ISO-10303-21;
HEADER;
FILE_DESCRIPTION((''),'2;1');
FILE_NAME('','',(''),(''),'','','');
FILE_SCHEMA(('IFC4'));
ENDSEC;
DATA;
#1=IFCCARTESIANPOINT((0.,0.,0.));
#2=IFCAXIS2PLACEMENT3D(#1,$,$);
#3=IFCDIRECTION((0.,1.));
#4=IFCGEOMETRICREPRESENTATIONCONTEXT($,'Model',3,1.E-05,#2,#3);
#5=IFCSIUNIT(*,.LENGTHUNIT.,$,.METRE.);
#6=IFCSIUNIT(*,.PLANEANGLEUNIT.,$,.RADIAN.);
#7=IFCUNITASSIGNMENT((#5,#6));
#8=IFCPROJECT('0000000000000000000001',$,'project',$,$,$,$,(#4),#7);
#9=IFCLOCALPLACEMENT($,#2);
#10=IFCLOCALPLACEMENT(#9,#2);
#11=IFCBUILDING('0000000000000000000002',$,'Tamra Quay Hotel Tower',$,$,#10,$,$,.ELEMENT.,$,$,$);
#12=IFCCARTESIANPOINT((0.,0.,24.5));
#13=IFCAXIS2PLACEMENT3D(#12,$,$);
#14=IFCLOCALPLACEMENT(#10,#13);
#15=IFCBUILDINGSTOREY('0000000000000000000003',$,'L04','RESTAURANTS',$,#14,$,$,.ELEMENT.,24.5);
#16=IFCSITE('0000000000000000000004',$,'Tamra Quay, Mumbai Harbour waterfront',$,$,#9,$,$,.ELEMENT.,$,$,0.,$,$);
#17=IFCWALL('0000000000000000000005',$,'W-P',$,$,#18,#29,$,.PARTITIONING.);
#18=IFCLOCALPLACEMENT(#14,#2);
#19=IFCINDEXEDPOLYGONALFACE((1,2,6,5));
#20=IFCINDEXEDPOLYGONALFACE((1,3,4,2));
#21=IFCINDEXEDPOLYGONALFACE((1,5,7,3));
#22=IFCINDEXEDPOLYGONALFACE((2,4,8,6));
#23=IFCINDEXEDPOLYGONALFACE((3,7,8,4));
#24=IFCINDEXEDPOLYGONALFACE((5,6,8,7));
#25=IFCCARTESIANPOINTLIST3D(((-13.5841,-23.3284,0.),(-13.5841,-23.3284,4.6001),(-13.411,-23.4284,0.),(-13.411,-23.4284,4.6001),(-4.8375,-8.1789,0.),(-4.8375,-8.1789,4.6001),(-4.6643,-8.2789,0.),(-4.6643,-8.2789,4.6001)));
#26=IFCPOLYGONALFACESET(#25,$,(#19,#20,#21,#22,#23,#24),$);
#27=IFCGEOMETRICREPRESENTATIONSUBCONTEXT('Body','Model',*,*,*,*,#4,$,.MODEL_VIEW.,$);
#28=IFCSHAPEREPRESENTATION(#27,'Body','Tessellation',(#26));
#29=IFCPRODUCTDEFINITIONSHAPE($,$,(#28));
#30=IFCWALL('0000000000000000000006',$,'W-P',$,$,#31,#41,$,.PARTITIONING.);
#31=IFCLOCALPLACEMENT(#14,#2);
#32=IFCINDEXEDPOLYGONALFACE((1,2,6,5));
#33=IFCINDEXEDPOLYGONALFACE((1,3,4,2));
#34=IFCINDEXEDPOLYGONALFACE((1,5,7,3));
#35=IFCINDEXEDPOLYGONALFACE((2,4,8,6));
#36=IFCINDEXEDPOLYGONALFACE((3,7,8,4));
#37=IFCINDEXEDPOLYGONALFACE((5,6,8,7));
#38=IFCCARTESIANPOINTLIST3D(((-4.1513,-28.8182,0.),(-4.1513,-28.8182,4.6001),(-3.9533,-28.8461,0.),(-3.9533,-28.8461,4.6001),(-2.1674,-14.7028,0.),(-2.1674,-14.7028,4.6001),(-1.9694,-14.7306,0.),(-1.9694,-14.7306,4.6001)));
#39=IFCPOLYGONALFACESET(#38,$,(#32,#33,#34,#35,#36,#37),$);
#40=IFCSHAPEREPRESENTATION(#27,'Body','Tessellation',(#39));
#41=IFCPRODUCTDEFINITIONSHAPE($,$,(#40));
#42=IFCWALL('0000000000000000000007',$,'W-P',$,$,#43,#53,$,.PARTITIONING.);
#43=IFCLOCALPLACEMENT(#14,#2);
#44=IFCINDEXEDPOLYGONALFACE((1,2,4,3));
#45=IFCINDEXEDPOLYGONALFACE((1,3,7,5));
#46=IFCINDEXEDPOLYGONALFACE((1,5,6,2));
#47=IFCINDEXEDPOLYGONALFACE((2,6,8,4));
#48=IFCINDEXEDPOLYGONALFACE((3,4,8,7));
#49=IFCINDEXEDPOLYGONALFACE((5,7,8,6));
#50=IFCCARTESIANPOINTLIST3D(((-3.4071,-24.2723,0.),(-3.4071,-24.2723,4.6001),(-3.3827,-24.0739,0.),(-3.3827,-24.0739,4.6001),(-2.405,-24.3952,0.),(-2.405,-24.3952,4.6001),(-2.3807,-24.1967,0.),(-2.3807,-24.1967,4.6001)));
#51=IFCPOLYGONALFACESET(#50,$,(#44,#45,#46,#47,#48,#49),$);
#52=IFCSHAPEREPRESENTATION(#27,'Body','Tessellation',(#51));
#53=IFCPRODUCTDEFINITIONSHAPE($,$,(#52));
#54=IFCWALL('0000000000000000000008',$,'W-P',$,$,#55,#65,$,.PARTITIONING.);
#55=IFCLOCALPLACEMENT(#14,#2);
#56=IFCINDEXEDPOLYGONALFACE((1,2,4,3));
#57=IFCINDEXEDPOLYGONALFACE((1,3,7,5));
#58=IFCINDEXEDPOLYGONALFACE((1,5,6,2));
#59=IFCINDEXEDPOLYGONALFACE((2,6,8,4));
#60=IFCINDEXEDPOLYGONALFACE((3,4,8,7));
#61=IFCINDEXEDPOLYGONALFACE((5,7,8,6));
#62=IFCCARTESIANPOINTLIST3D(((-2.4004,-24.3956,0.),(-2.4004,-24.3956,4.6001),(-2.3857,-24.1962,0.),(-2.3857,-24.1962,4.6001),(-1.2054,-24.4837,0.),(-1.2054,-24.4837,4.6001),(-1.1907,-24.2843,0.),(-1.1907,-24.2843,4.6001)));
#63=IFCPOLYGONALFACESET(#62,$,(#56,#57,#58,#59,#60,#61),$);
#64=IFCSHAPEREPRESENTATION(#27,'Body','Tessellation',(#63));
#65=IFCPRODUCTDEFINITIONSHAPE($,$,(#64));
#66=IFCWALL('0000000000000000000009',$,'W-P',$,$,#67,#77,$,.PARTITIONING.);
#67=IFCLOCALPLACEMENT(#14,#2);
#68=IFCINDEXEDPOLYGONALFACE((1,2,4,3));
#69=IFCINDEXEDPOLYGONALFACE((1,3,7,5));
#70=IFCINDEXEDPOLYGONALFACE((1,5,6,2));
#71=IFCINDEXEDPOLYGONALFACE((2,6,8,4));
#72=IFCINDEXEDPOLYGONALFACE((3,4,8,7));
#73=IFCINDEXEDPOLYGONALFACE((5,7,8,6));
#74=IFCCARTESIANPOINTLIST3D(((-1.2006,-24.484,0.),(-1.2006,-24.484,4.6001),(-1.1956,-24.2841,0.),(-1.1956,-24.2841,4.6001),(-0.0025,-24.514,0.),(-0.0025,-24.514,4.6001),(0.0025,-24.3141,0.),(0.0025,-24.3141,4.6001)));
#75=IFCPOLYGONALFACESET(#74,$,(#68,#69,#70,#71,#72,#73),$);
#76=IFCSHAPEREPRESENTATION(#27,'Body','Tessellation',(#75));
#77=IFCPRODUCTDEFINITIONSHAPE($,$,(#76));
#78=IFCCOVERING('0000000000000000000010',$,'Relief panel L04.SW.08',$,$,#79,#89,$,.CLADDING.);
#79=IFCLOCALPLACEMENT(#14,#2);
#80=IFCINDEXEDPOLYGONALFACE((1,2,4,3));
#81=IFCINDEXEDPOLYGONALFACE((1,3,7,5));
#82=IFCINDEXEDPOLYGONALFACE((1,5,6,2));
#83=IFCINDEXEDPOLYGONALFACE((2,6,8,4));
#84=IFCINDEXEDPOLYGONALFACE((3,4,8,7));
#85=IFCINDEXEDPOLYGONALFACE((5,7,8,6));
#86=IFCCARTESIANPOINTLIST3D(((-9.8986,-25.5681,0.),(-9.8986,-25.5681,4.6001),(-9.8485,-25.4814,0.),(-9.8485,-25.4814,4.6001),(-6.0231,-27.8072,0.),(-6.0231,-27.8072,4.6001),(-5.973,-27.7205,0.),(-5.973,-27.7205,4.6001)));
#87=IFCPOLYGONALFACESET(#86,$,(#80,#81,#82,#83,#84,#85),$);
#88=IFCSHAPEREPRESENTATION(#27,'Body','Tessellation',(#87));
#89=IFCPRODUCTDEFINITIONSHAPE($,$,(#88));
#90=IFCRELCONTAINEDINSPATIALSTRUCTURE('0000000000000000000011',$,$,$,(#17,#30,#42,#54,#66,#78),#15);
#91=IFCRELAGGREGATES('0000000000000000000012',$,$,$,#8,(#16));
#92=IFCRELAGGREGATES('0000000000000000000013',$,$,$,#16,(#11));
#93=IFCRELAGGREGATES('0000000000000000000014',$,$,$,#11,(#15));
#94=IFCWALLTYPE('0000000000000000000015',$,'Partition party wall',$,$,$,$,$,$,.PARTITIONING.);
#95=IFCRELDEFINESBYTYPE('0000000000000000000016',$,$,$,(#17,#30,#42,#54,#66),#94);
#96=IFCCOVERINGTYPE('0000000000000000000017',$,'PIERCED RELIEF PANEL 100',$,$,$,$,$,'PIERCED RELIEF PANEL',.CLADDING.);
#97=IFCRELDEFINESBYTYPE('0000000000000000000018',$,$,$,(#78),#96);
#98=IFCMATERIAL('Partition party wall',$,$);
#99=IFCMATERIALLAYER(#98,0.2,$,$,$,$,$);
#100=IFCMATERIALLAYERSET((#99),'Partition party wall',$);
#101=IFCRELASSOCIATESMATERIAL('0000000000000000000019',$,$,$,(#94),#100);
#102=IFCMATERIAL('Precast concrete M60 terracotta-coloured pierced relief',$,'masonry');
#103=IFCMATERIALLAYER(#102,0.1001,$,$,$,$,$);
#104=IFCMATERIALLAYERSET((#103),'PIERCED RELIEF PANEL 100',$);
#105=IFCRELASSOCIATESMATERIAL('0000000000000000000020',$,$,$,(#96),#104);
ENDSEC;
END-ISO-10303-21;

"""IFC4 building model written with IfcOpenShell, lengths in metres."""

from ifc_helpers import new_model, si_unit, direction, frame, frame_2d, origin, origin_2d, place, context, subcontext, project, spatial, rectangle, extrude, material, layer, layer_set, type_object, element, save


model = new_model("IFC4")

# Units and contexts
model_context = context("Model", 3, precision=1e-05, world=origin(), true_north=direction((0.0, 1.0)))
body_context = subcontext(model_context, "Body", "Model", "MODEL_VIEW")
ifc_project = project(units=[si_unit("LENGTHUNIT", "METRE"), si_unit("PLANEANGLEUNIT", "RADIAN")], contexts=[model_context])

# Site, building, storey
site_placement = place(None, origin())
site = spatial("IfcSite", under=ifc_project, at=site_placement, Name="Tamra Quay, Mumbai Harbour waterfront", CompositionType="ELEMENT", RefElevation=0.0)
building_placement = place(site_placement, origin())
building = spatial("IfcBuilding", under=site, at=building_placement, Name="Tamra Quay Hotel Tower", CompositionType="ELEMENT")
storey_placement = place(building_placement, frame((0.0, 0.0, 24.5)))
storey = spatial("IfcBuildingStorey", under=building, at=storey_placement, Name="L04", Description="RESTAURANTS", CompositionType="ELEMENT", Elevation=24.5)

# Walls
ifc_material_1 = material(Name="Partition party wall")
ifc_layer_1 = layer(ifc_material_1, 0.2)
ifc_layer_set_1 = layer_set([ifc_layer_1], Name="Partition party wall")
wall_type_1 = type_object("IfcWallType", Name="Partition party wall", PredefinedType="PARTITIONING", material=ifc_layer_set_1)
wall_1_placement = place(storey_placement, frame((-13.4976, -23.3784, 0.0), z_axis=(0.0, 0.0, 1.0), x_axis=(0.500003, 0.866024, 0.0)))
element("IfcWall", 1, at=wall_1_placement, inside=storey, type_object=wall_type_1, Name="W-P", PredefinedType="PARTITIONING", context=body_context, shape_type="SweptSolid", body=[
    extrude(rectangle(XDim=17.4932, YDim=0.2, at=frame_2d((8.7466, 0.0))), origin(), (0.0, 0.0, 1.0), 4.6001),
])
wall_2_placement = place(storey_placement, frame((-4.0522, -28.832, 0.0), z_axis=(0.0, 0.0, 1.0), x_axis=(0.139179, 0.990267, 0.0)))
element("IfcWall", 2, at=wall_2_placement, inside=storey, type_object=wall_type_1, Name="W-P", PredefinedType="PARTITIONING", context=body_context, shape_type="SweptSolid", body=[
    extrude(rectangle(XDim=14.2542, YDim=0.2, at=frame_2d((7.127, 0.0))), origin(), (0.0, 0.0, 1.0), 4.6001),
])
wall_3_placement = place(storey_placement, frame((-3.395, -24.1731, 0.0), z_axis=(0.0, 0.0, 1.0), x_axis=(0.992573, -0.121653, 0.0)))
element("IfcWall", 3, at=wall_3_placement, inside=storey, type_object=wall_type_1, Name="W-P", PredefinedType="PARTITIONING", context=body_context, shape_type="SweptSolid", body=[
    extrude(rectangle(XDim=1.0095, YDim=0.2, at=frame_2d((0.5049, 0.0))), origin(), (0.0, 0.0, 1.0), 4.6001),
])
wall_4_placement = place(storey_placement, frame((-2.3931, -24.2959, 0.0), z_axis=(0.0, 0.0, 1.0), x_axis=(0.997292, -0.073549, 0.0)))
element("IfcWall", 4, at=wall_4_placement, inside=storey, type_object=wall_type_1, Name="W-P", PredefinedType="PARTITIONING", context=body_context, shape_type="SweptSolid", body=[
    extrude(rectangle(XDim=1.1982, YDim=0.2, at=frame_2d((0.5991, 0.0))), origin(), (0.0, 0.0, 1.0), 4.6001),
])
wall_5_placement = place(storey_placement, frame((-1.198, -24.384, 0.0), z_axis=(0.0, 0.0, 1.0), x_axis=(0.999686, -0.025058, 0.0)))
element("IfcWall", 5, at=wall_5_placement, inside=storey, type_object=wall_type_1, Name="W-P", PredefinedType="PARTITIONING", context=body_context, shape_type="SweptSolid", body=[
    extrude(rectangle(XDim=1.1985, YDim=0.2, at=frame_2d((0.5991, 0.0))), origin(), (0.0, 0.0, 1.0), 4.6001),
])

# Covering
ifc_material_2 = material(Name="Precast concrete M60 terracotta-coloured pierced relief", Category="masonry")
ifc_layer_2 = layer(ifc_material_2, 0.1001)
ifc_layer_set_2 = layer_set([ifc_layer_2], Name="PIERCED RELIEF PANEL 100")
covering_type_1 = type_object("IfcCoveringType", Name="PIERCED RELIEF PANEL 100", ElementType="PIERCED RELIEF PANEL", PredefinedType="CLADDING", material=ifc_layer_set_2)
covering_placement = place(storey_placement, frame((-7.9358, -26.6443, 0.0), z_axis=(0.0, 0.0, 1.0), x_axis=(0.865872, -0.500265, 0.0)))
element("IfcCovering", 6, at=covering_placement, inside=storey, type_object=covering_type_1, Name="Relief panel L04.SW.08", PredefinedType="CLADDING", context=body_context, shape_type="SweptSolid", body=[
    extrude(rectangle(XDim=4.4758, YDim=0.1001, at=origin_2d()), origin(), (0.0, 0.0, 1.0), 4.6001),
])

save(model, "model.ifc")
